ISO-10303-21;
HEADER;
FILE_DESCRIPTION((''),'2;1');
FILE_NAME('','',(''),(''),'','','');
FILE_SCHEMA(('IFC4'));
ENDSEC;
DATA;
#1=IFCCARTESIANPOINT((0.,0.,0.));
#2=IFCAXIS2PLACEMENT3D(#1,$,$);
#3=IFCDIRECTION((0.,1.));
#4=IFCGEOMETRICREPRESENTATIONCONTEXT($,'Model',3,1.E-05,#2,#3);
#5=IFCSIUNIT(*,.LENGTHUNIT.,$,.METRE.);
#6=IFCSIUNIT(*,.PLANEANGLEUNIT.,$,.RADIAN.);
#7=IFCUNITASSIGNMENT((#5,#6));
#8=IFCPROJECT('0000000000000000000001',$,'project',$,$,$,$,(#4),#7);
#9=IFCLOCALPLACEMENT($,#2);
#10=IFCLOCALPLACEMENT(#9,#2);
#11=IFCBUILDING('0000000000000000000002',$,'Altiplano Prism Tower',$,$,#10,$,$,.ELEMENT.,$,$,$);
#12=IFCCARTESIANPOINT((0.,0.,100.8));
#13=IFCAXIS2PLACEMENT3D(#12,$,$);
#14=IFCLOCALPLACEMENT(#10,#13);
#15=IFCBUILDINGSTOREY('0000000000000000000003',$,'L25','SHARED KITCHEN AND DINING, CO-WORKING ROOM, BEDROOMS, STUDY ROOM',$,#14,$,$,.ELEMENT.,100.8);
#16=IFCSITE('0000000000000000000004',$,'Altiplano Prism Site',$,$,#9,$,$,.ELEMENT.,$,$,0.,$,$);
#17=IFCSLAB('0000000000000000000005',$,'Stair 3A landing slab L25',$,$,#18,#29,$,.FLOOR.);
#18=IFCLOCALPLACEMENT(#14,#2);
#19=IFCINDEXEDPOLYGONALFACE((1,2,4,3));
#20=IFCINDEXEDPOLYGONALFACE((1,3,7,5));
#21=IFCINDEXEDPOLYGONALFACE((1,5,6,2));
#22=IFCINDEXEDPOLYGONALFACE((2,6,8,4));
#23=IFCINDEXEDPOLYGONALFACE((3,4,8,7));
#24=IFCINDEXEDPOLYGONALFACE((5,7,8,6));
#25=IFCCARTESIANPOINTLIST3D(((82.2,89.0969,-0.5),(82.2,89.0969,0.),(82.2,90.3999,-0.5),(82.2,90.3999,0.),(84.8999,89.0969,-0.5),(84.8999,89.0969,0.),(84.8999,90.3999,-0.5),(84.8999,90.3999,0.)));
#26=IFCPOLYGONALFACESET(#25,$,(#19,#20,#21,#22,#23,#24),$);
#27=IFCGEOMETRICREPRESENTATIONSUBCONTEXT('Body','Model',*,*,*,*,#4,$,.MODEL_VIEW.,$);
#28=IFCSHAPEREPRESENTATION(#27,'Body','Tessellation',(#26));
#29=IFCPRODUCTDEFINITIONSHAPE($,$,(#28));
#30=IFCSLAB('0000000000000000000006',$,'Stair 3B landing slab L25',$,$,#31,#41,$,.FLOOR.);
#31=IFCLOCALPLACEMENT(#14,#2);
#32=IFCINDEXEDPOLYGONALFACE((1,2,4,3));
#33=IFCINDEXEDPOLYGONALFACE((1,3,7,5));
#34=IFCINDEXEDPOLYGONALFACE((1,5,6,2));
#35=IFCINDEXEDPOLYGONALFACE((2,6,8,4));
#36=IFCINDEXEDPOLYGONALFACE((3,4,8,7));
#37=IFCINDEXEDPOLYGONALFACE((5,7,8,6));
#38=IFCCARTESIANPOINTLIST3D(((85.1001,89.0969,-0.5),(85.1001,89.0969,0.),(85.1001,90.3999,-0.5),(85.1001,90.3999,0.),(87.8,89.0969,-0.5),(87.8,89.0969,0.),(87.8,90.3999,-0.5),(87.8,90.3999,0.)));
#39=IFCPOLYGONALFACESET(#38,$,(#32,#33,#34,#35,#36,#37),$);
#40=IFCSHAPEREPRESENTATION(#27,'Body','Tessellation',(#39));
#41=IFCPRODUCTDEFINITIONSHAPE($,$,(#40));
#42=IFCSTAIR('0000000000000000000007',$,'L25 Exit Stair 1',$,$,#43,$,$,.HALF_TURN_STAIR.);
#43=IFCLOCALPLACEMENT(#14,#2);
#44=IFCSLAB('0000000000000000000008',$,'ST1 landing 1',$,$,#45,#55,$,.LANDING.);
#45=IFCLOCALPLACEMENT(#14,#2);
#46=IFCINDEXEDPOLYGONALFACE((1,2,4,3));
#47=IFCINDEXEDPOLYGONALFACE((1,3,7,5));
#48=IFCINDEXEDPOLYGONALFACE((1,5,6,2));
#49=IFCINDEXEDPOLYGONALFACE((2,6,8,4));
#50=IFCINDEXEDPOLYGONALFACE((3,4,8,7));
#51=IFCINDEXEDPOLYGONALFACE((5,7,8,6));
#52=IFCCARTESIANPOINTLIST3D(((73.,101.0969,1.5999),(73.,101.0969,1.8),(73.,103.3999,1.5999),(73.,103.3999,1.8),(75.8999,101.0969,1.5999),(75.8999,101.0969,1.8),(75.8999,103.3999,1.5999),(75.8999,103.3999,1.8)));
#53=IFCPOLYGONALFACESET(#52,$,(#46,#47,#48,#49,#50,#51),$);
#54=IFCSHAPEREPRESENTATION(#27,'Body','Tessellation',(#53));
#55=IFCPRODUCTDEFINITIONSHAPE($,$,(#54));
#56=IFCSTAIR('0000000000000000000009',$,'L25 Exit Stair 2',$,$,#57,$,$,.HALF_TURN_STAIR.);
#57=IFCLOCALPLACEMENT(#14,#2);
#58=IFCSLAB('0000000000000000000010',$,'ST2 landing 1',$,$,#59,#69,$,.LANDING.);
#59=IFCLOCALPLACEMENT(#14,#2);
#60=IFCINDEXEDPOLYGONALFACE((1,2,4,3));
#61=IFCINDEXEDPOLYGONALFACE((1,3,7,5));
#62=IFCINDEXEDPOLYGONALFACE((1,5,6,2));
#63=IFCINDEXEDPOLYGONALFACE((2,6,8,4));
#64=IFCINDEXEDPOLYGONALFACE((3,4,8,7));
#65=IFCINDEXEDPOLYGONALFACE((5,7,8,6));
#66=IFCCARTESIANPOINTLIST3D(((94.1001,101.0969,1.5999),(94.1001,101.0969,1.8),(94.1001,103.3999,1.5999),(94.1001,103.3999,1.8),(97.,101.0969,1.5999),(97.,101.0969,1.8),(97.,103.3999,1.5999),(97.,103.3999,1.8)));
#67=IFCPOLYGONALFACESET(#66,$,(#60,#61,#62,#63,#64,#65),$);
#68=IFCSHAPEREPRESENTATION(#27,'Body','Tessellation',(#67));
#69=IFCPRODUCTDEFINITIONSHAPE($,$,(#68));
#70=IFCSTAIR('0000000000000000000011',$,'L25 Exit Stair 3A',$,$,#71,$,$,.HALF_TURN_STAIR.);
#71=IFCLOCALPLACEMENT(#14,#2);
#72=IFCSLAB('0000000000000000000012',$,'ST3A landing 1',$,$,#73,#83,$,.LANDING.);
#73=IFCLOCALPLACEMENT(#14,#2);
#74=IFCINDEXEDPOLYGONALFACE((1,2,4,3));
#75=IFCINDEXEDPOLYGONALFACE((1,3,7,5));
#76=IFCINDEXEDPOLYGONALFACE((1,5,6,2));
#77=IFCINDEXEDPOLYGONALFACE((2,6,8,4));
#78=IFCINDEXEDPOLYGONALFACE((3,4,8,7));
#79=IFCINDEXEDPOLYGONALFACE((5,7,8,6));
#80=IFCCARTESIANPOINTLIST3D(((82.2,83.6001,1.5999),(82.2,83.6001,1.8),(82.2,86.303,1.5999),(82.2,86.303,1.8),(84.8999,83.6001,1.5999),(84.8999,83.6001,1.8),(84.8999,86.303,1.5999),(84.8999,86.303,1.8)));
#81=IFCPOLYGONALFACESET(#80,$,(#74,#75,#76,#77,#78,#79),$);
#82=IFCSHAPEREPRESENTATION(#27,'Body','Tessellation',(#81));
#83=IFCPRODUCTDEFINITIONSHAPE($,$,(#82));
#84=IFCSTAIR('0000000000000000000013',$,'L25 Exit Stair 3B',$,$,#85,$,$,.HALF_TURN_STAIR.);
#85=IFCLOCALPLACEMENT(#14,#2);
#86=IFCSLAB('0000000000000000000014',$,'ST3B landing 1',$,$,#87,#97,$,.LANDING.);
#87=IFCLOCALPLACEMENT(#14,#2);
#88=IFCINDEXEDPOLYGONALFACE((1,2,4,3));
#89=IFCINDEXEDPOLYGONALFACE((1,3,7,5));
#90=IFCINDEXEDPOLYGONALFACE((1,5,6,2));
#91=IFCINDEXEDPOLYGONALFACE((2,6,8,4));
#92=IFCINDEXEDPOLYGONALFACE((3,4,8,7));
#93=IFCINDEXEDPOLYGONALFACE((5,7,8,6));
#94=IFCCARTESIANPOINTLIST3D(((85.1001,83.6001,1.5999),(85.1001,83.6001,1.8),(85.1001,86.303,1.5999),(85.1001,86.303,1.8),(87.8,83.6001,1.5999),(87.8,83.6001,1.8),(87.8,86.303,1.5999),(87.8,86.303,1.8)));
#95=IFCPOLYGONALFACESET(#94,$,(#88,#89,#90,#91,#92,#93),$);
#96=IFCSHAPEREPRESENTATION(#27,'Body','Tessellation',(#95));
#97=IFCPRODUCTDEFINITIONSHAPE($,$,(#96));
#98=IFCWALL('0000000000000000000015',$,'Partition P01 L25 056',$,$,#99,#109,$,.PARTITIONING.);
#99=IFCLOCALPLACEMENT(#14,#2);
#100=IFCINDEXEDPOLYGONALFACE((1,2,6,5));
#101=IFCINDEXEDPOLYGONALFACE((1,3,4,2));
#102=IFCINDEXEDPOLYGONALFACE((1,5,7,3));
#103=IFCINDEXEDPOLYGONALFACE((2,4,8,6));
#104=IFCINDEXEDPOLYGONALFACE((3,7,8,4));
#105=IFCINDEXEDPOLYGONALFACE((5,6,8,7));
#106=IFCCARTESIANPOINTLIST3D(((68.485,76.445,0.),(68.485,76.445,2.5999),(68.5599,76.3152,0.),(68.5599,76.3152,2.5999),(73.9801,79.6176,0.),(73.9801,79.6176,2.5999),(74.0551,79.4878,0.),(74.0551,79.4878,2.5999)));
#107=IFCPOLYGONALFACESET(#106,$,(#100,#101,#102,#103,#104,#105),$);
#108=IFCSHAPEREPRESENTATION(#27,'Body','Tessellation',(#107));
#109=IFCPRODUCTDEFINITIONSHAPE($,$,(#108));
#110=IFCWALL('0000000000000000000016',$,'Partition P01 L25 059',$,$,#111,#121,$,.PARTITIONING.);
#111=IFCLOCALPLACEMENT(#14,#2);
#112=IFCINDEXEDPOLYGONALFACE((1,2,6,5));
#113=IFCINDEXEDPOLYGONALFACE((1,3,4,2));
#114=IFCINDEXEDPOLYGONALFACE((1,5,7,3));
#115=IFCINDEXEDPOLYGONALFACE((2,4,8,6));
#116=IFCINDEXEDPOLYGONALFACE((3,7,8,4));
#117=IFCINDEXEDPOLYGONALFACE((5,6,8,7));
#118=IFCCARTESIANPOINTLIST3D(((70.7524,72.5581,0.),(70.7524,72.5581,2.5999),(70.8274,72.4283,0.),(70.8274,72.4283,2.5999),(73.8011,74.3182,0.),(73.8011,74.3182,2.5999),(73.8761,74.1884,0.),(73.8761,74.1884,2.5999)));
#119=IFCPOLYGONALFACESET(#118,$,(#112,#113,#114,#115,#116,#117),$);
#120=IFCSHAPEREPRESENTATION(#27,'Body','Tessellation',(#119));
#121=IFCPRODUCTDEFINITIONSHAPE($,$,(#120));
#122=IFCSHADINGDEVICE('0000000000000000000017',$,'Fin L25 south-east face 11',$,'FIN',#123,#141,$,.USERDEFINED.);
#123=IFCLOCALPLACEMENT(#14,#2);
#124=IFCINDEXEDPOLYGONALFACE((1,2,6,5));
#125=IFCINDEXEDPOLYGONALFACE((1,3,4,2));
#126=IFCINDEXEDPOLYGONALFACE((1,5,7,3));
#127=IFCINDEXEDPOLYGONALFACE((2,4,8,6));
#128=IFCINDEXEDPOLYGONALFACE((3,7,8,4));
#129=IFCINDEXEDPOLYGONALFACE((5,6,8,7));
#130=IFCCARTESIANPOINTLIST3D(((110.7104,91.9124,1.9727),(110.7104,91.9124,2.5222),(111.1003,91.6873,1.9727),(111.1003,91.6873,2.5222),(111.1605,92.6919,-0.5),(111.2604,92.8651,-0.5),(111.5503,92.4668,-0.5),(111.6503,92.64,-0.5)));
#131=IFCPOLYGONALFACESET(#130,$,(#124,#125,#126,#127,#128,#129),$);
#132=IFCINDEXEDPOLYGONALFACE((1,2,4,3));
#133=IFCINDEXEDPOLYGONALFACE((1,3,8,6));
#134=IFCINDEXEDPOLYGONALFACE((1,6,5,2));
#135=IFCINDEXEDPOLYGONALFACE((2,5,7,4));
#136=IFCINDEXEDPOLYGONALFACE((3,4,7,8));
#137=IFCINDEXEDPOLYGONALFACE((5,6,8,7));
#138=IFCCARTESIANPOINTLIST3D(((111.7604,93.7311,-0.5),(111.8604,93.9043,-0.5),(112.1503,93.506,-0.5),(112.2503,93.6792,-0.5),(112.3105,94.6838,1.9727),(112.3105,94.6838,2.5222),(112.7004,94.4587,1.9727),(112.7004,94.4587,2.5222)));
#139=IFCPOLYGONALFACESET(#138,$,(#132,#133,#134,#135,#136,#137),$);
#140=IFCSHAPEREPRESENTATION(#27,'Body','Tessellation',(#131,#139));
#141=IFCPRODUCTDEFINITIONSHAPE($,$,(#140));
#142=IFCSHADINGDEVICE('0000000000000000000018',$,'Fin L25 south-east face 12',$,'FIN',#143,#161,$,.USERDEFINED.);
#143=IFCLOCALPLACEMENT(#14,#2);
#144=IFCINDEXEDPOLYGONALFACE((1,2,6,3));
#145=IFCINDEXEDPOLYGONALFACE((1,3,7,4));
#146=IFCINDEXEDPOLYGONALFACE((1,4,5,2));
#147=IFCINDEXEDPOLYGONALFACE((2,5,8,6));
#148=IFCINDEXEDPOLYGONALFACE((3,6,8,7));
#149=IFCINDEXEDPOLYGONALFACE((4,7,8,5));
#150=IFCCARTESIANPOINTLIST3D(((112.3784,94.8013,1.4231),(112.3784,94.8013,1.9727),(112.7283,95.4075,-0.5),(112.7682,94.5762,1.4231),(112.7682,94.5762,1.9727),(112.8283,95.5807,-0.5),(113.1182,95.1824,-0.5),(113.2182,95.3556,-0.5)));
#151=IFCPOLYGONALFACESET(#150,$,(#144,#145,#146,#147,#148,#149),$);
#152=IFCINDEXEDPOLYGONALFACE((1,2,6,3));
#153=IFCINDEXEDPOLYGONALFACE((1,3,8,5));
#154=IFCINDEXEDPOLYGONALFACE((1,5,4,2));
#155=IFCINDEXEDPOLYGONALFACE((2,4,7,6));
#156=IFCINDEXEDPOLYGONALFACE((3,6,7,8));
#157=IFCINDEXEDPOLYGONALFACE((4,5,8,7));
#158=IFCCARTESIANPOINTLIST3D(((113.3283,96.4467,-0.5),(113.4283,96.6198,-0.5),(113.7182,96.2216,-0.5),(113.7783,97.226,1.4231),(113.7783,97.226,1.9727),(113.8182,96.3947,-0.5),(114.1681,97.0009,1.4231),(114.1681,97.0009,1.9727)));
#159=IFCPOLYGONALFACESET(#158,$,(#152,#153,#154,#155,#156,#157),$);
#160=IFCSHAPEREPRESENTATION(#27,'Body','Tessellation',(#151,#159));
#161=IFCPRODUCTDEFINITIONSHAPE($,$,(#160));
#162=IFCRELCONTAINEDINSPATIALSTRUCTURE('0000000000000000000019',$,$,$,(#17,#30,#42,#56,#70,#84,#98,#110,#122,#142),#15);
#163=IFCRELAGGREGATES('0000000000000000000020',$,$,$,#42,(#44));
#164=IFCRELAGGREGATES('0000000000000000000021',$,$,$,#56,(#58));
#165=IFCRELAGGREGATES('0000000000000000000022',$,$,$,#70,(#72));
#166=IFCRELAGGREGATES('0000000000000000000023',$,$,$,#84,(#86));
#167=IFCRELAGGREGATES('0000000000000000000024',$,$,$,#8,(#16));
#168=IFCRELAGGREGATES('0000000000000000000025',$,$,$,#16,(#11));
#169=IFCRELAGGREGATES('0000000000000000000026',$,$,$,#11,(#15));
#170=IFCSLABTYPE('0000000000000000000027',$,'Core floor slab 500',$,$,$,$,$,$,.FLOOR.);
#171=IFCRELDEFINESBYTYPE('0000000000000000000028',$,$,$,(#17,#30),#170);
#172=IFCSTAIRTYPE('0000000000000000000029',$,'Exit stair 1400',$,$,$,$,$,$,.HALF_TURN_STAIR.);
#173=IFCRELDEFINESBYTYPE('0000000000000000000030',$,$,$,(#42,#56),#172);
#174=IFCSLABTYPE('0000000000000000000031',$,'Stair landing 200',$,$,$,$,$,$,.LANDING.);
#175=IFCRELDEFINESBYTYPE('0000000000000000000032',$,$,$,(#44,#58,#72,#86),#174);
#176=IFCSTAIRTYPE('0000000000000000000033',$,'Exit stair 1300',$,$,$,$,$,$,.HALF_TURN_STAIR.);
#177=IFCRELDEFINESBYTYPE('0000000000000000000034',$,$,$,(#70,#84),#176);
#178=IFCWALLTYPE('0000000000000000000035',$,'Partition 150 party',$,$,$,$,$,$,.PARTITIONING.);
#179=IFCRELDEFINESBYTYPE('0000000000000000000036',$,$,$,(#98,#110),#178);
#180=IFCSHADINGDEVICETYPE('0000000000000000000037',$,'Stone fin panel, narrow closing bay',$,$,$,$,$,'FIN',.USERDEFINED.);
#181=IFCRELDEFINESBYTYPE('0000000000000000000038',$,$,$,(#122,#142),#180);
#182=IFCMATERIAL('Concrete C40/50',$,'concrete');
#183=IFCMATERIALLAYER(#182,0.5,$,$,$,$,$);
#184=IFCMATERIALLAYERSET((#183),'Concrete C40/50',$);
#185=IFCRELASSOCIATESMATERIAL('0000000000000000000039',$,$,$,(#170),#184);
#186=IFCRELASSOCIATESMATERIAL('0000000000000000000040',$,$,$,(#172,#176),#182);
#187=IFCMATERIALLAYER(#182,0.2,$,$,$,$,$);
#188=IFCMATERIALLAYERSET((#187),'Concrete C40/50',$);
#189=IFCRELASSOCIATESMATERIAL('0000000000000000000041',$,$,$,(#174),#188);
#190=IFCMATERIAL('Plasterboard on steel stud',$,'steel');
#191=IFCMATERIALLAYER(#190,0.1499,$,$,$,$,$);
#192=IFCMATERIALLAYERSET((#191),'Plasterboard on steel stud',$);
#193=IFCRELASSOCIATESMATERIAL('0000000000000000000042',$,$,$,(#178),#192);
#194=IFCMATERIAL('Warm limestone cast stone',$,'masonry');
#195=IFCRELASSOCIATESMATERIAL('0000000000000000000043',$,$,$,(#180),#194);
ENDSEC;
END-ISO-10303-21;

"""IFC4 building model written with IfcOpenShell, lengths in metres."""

from ifc_helpers import new_model, si_unit, direction, frame, frame_2d, origin, place, context, subcontext, project, spatial, polyline, rectangle, outline, extrude, source, transform, mapped, material, layer, layer_set, type_object, element, aggregate, save


model = new_model("IFC4")

# Units and contexts
model_context = context("Model", 3, precision=1e-05, world=origin(), true_north=direction((0.0, 1.0)))
body_context = subcontext(model_context, "Body", "Model", "MODEL_VIEW")
ifc_project = project(units=[si_unit("LENGTHUNIT", "METRE"), si_unit("PLANEANGLEUNIT", "RADIAN")], contexts=[model_context])

# Site, building, storey
site_placement = place(None, origin())
site = spatial("IfcSite", under=ifc_project, at=site_placement, Name="Altiplano Prism Site", CompositionType="ELEMENT", RefElevation=0.0)
building_placement = place(site_placement, origin())
building = spatial("IfcBuilding", under=site, at=building_placement, Name="Altiplano Prism Tower", CompositionType="ELEMENT")
storey_placement = place(building_placement, frame((0.0, 0.0, 100.8)))
storey = spatial("IfcBuildingStorey", under=building, at=storey_placement, Name="L25", Description="SHARED KITCHEN AND DINING, CO-WORKING ROOM, BEDROOMS, STUDY ROOM", CompositionType="ELEMENT", Elevation=100.8)

# Slabs
ifc_material_1 = material(Name="Concrete C40/50", Category="concrete")
ifc_layer_1 = layer(ifc_material_1, 0.5)
ifc_layer_set_1 = layer_set([ifc_layer_1], Name="Concrete C40/50")
slab_type_1 = type_object("IfcSlabType", Name="Core floor slab 500", PredefinedType="FLOOR", material=ifc_layer_set_1)
slab_1_placement = place(storey_placement, frame((0.0, 0.0, -0.5)))
element("IfcSlab", 1, at=slab_1_placement, inside=storey, type_object=slab_type_1, Name="Stair 3A landing slab L25", PredefinedType="FLOOR", context=body_context, shape_type="SweptSolid", body=[
    extrude(outline(polyline([(82.2, 89.0969), (84.8999, 89.0969), (84.8999, 90.3999), (82.2, 90.3999), (82.2, 89.0969)])), origin(), (0.0, 0.0, 1.0), 0.5),
])
slab_2_placement = place(storey_placement, frame((0.0, 0.0, -0.5)))
element("IfcSlab", 2, at=slab_2_placement, inside=storey, type_object=slab_type_1, Name="Stair 3B landing slab L25", PredefinedType="FLOOR", context=body_context, shape_type="SweptSolid", body=[
    extrude(outline(polyline([(85.1001, 89.0969), (87.8, 89.0969), (87.8, 90.3999), (85.1001, 90.3999), (85.1001, 89.0969)])), origin(), (0.0, 0.0, 1.0), 0.5),
])

# Stairs, slabs
stair_type_1 = type_object("IfcStairType", Name="Exit stair 1400", PredefinedType="HALF_TURN_STAIR", material=ifc_material_1)
stair_1_placement = place(storey_placement, origin())
stair_1 = element("IfcStair", 3, at=stair_1_placement, inside=storey, type_object=stair_type_1, Name="L25 Exit Stair 1", PredefinedType="HALF_TURN_STAIR")
ifc_layer_2 = layer(ifc_material_1, 0.2)
ifc_layer_set_2 = layer_set([ifc_layer_2], Name="Concrete C40/50")
slab_type_2 = type_object("IfcSlabType", Name="Stair landing 200", PredefinedType="LANDING", material=ifc_layer_set_2)
slab_3_placement = place(storey_placement, frame((0.0, 0.0, 1.5999)))
slab_3 = element("IfcSlab", 4, at=slab_3_placement, type_object=slab_type_2, Name="ST1 landing 1", PredefinedType="LANDING", context=body_context, shape_type="SweptSolid", body=[
    extrude(outline(polyline([(75.8999, 101.0969), (75.8999, 103.3999), (73.0, 103.3999), (73.0, 101.0969), (75.8999, 101.0969)])), origin(), (0.0, 0.0, 1.0), 0.2002),
])
aggregate(stair_1, [slab_3])
stair_2_placement = place(storey_placement, origin())
stair_2 = element("IfcStair", 5, at=stair_2_placement, inside=storey, type_object=stair_type_1, Name="L25 Exit Stair 2", PredefinedType="HALF_TURN_STAIR")
slab_4_placement = place(storey_placement, frame((0.0, 0.0, 1.5999)))
slab_4 = element("IfcSlab", 6, at=slab_4_placement, type_object=slab_type_2, Name="ST2 landing 1", PredefinedType="LANDING", context=body_context, shape_type="SweptSolid", body=[
    extrude(outline(polyline([(97.0, 101.0969), (97.0, 103.3999), (94.1001, 103.3999), (94.1001, 101.0969), (97.0, 101.0969)])), origin(), (0.0, 0.0, 1.0), 0.2002),
])
aggregate(stair_2, [slab_4])
stair_type_2 = type_object("IfcStairType", Name="Exit stair 1300", PredefinedType="HALF_TURN_STAIR", material=ifc_material_1)
stair_3_placement = place(storey_placement, origin())
stair_3 = element("IfcStair", 7, at=stair_3_placement, inside=storey, type_object=stair_type_2, Name="L25 Exit Stair 3A", PredefinedType="HALF_TURN_STAIR")
slab_5_placement = place(storey_placement, frame((0.0, 0.0, 1.5999)))
slab_5 = element("IfcSlab", 8, at=slab_5_placement, type_object=slab_type_2, Name="ST3A landing 1", PredefinedType="LANDING", context=body_context, shape_type="SweptSolid", body=[
    extrude(outline(polyline([(82.2, 86.303), (82.2, 83.6001), (84.8999, 83.6001), (84.8999, 86.303), (82.2, 86.303)])), origin(), (0.0, 0.0, 1.0), 0.2002),
])
aggregate(stair_3, [slab_5])
stair_4_placement = place(storey_placement, origin())
stair_4 = element("IfcStair", 9, at=stair_4_placement, inside=storey, type_object=stair_type_2, Name="L25 Exit Stair 3B", PredefinedType="HALF_TURN_STAIR")
slab_6_placement = place(storey_placement, frame((0.0, 0.0, 1.5999)))
slab_6 = element("IfcSlab", 10, at=slab_6_placement, type_object=slab_type_2, Name="ST3B landing 1", PredefinedType="LANDING", context=body_context, shape_type="SweptSolid", body=[
    extrude(outline(polyline([(85.1001, 86.303), (85.1001, 83.6001), (87.8, 83.6001), (87.8, 86.303), (85.1001, 86.303)])), origin(), (0.0, 0.0, 1.0), 0.2002),
])
aggregate(stair_4, [slab_6])

# Walls
ifc_material_2 = material(Name="Plasterboard on steel stud", Category="steel")
ifc_layer_3 = layer(ifc_material_2, 0.1499)
ifc_layer_set_3 = layer_set([ifc_layer_3], Name="Plasterboard on steel stud")
wall_type = type_object("IfcWallType", Name="Partition 150 party", PredefinedType="PARTITIONING", material=ifc_layer_set_3)
wall_1_placement = place(storey_placement, frame((68.5225, 76.3801, 0.0), z_axis=(0.0, 0.0, 1.0), x_axis=(0.866025, 0.5, 0.0)))
element("IfcWall", 11, at=wall_1_placement, inside=storey, type_object=wall_type, Name="Partition P01 L25 056", PredefinedType="PARTITIONING", context=body_context, shape_type="SweptSolid", body=[
    extrude(rectangle(XDim=6.3452, YDim=0.1499, at=frame_2d((3.1726, 0.0))), origin(), (0.0, 0.0, 1.0), 2.5999),
])
wall_2_placement = place(storey_placement, frame((70.7898, 72.4932, 0.0), z_axis=(0.0, 0.0, 1.0), x_axis=(0.866037, 0.499981, 0.0)))
element("IfcWall", 12, at=wall_2_placement, inside=storey, type_object=wall_type, Name="Partition P01 L25 059", PredefinedType="PARTITIONING", context=body_context, shape_type="SweptSolid", body=[
    extrude(rectangle(XDim=3.5203, YDim=0.1499, at=frame_2d((1.7603, 0.0))), origin(), (0.0, 0.0, 1.0), 2.5999),
])

# Shading devices
ifc_material_3 = material(Name="Warm limestone cast stone", Category="masonry")
shading_device_type_1 = type_object("IfcShadingDeviceType", Name="Stone fin panel, narrow closing bay", ElementType="FIN", PredefinedType="USERDEFINED", material=ifc_material_3)
shared_shape_1 = source(origin(), body_context, "Body", "SweptSolid", [
    extrude(outline(polyline([(-1.6001, 3.0222), (-1.6001, 2.4727), (-0.7, 0.0), (-0.5, 0.0), (-1.6001, 3.0222)])), frame((0.0, -0.1499, 0.0), z_axis=(0.0, -1.0, 0.0), x_axis=(1.0, 0.0, 0.0)), (0.0, 0.0, 1.0), 0.4502),
    extrude(outline(polyline([(1.6001, 2.4727), (1.6001, 3.0222), (0.5, 0.0), (0.7, 0.0), (1.6001, 2.4727)])), frame((0.0, -0.1499, 0.0), z_axis=(0.0, -1.0, 0.0), x_axis=(1.0, 0.0, 0.0)), (0.0, 0.0, 1.0), 0.4502),
])
shading_device_1_placement = place(storey_placement, origin())
element("IfcShadingDevice", 13, at=shading_device_1_placement, inside=storey, type_object=shading_device_type_1, Name="Fin L25 south-east face 11", ObjectType="FIN", PredefinedType="USERDEFINED", context=body_context, shape_type="MappedRepresentation", body=[
    mapped(shared_shape_1, transform((111.3806, 93.373, -0.5), x_axis=(0.5, 0.866025, 0.0), y_axis=(-0.866025, 0.5, 0.0), z_axis=(0.0, 0.0, 1.0))),
])
shared_shape_2 = source(origin(), body_context, "Body", "SweptSolid", [
    extrude(outline(polyline([(-1.3999, 2.4727), (-1.3999, 1.9231), (-0.7, 0.0), (-0.5, 0.0), (-1.3999, 2.4727)])), frame((0.0, -0.1499, 0.0), z_axis=(0.0, -1.0, 0.0), x_axis=(1.0, 0.0, 0.0)), (0.0, 0.0, 1.0), 0.4502),
    extrude(outline(polyline([(1.3999, 1.9231), (1.3999, 2.4727), (0.5, 0.0), (0.7, 0.0), (1.3999, 1.9231)])), frame((0.0, -0.1499, 0.0), z_axis=(0.0, -1.0, 0.0), x_axis=(1.0, 0.0, 0.0)), (0.0, 0.0, 1.0), 0.4502),
])
shading_device_2_placement = place(storey_placement, origin())
element("IfcShadingDevice", 14, at=shading_device_2_placement, inside=storey, type_object=shading_device_type_1, Name="Fin L25 south-east face 12", ObjectType="FIN", PredefinedType="USERDEFINED", context=body_context, shape_type="MappedRepresentation", body=[
    mapped(shared_shape_2, transform((112.9485, 96.0886, -0.5), x_axis=(0.5, 0.866025, 0.0), y_axis=(-0.866025, 0.5, 0.0), z_axis=(0.0, 0.0, 1.0))),
])

save(model, "model.ifc")
